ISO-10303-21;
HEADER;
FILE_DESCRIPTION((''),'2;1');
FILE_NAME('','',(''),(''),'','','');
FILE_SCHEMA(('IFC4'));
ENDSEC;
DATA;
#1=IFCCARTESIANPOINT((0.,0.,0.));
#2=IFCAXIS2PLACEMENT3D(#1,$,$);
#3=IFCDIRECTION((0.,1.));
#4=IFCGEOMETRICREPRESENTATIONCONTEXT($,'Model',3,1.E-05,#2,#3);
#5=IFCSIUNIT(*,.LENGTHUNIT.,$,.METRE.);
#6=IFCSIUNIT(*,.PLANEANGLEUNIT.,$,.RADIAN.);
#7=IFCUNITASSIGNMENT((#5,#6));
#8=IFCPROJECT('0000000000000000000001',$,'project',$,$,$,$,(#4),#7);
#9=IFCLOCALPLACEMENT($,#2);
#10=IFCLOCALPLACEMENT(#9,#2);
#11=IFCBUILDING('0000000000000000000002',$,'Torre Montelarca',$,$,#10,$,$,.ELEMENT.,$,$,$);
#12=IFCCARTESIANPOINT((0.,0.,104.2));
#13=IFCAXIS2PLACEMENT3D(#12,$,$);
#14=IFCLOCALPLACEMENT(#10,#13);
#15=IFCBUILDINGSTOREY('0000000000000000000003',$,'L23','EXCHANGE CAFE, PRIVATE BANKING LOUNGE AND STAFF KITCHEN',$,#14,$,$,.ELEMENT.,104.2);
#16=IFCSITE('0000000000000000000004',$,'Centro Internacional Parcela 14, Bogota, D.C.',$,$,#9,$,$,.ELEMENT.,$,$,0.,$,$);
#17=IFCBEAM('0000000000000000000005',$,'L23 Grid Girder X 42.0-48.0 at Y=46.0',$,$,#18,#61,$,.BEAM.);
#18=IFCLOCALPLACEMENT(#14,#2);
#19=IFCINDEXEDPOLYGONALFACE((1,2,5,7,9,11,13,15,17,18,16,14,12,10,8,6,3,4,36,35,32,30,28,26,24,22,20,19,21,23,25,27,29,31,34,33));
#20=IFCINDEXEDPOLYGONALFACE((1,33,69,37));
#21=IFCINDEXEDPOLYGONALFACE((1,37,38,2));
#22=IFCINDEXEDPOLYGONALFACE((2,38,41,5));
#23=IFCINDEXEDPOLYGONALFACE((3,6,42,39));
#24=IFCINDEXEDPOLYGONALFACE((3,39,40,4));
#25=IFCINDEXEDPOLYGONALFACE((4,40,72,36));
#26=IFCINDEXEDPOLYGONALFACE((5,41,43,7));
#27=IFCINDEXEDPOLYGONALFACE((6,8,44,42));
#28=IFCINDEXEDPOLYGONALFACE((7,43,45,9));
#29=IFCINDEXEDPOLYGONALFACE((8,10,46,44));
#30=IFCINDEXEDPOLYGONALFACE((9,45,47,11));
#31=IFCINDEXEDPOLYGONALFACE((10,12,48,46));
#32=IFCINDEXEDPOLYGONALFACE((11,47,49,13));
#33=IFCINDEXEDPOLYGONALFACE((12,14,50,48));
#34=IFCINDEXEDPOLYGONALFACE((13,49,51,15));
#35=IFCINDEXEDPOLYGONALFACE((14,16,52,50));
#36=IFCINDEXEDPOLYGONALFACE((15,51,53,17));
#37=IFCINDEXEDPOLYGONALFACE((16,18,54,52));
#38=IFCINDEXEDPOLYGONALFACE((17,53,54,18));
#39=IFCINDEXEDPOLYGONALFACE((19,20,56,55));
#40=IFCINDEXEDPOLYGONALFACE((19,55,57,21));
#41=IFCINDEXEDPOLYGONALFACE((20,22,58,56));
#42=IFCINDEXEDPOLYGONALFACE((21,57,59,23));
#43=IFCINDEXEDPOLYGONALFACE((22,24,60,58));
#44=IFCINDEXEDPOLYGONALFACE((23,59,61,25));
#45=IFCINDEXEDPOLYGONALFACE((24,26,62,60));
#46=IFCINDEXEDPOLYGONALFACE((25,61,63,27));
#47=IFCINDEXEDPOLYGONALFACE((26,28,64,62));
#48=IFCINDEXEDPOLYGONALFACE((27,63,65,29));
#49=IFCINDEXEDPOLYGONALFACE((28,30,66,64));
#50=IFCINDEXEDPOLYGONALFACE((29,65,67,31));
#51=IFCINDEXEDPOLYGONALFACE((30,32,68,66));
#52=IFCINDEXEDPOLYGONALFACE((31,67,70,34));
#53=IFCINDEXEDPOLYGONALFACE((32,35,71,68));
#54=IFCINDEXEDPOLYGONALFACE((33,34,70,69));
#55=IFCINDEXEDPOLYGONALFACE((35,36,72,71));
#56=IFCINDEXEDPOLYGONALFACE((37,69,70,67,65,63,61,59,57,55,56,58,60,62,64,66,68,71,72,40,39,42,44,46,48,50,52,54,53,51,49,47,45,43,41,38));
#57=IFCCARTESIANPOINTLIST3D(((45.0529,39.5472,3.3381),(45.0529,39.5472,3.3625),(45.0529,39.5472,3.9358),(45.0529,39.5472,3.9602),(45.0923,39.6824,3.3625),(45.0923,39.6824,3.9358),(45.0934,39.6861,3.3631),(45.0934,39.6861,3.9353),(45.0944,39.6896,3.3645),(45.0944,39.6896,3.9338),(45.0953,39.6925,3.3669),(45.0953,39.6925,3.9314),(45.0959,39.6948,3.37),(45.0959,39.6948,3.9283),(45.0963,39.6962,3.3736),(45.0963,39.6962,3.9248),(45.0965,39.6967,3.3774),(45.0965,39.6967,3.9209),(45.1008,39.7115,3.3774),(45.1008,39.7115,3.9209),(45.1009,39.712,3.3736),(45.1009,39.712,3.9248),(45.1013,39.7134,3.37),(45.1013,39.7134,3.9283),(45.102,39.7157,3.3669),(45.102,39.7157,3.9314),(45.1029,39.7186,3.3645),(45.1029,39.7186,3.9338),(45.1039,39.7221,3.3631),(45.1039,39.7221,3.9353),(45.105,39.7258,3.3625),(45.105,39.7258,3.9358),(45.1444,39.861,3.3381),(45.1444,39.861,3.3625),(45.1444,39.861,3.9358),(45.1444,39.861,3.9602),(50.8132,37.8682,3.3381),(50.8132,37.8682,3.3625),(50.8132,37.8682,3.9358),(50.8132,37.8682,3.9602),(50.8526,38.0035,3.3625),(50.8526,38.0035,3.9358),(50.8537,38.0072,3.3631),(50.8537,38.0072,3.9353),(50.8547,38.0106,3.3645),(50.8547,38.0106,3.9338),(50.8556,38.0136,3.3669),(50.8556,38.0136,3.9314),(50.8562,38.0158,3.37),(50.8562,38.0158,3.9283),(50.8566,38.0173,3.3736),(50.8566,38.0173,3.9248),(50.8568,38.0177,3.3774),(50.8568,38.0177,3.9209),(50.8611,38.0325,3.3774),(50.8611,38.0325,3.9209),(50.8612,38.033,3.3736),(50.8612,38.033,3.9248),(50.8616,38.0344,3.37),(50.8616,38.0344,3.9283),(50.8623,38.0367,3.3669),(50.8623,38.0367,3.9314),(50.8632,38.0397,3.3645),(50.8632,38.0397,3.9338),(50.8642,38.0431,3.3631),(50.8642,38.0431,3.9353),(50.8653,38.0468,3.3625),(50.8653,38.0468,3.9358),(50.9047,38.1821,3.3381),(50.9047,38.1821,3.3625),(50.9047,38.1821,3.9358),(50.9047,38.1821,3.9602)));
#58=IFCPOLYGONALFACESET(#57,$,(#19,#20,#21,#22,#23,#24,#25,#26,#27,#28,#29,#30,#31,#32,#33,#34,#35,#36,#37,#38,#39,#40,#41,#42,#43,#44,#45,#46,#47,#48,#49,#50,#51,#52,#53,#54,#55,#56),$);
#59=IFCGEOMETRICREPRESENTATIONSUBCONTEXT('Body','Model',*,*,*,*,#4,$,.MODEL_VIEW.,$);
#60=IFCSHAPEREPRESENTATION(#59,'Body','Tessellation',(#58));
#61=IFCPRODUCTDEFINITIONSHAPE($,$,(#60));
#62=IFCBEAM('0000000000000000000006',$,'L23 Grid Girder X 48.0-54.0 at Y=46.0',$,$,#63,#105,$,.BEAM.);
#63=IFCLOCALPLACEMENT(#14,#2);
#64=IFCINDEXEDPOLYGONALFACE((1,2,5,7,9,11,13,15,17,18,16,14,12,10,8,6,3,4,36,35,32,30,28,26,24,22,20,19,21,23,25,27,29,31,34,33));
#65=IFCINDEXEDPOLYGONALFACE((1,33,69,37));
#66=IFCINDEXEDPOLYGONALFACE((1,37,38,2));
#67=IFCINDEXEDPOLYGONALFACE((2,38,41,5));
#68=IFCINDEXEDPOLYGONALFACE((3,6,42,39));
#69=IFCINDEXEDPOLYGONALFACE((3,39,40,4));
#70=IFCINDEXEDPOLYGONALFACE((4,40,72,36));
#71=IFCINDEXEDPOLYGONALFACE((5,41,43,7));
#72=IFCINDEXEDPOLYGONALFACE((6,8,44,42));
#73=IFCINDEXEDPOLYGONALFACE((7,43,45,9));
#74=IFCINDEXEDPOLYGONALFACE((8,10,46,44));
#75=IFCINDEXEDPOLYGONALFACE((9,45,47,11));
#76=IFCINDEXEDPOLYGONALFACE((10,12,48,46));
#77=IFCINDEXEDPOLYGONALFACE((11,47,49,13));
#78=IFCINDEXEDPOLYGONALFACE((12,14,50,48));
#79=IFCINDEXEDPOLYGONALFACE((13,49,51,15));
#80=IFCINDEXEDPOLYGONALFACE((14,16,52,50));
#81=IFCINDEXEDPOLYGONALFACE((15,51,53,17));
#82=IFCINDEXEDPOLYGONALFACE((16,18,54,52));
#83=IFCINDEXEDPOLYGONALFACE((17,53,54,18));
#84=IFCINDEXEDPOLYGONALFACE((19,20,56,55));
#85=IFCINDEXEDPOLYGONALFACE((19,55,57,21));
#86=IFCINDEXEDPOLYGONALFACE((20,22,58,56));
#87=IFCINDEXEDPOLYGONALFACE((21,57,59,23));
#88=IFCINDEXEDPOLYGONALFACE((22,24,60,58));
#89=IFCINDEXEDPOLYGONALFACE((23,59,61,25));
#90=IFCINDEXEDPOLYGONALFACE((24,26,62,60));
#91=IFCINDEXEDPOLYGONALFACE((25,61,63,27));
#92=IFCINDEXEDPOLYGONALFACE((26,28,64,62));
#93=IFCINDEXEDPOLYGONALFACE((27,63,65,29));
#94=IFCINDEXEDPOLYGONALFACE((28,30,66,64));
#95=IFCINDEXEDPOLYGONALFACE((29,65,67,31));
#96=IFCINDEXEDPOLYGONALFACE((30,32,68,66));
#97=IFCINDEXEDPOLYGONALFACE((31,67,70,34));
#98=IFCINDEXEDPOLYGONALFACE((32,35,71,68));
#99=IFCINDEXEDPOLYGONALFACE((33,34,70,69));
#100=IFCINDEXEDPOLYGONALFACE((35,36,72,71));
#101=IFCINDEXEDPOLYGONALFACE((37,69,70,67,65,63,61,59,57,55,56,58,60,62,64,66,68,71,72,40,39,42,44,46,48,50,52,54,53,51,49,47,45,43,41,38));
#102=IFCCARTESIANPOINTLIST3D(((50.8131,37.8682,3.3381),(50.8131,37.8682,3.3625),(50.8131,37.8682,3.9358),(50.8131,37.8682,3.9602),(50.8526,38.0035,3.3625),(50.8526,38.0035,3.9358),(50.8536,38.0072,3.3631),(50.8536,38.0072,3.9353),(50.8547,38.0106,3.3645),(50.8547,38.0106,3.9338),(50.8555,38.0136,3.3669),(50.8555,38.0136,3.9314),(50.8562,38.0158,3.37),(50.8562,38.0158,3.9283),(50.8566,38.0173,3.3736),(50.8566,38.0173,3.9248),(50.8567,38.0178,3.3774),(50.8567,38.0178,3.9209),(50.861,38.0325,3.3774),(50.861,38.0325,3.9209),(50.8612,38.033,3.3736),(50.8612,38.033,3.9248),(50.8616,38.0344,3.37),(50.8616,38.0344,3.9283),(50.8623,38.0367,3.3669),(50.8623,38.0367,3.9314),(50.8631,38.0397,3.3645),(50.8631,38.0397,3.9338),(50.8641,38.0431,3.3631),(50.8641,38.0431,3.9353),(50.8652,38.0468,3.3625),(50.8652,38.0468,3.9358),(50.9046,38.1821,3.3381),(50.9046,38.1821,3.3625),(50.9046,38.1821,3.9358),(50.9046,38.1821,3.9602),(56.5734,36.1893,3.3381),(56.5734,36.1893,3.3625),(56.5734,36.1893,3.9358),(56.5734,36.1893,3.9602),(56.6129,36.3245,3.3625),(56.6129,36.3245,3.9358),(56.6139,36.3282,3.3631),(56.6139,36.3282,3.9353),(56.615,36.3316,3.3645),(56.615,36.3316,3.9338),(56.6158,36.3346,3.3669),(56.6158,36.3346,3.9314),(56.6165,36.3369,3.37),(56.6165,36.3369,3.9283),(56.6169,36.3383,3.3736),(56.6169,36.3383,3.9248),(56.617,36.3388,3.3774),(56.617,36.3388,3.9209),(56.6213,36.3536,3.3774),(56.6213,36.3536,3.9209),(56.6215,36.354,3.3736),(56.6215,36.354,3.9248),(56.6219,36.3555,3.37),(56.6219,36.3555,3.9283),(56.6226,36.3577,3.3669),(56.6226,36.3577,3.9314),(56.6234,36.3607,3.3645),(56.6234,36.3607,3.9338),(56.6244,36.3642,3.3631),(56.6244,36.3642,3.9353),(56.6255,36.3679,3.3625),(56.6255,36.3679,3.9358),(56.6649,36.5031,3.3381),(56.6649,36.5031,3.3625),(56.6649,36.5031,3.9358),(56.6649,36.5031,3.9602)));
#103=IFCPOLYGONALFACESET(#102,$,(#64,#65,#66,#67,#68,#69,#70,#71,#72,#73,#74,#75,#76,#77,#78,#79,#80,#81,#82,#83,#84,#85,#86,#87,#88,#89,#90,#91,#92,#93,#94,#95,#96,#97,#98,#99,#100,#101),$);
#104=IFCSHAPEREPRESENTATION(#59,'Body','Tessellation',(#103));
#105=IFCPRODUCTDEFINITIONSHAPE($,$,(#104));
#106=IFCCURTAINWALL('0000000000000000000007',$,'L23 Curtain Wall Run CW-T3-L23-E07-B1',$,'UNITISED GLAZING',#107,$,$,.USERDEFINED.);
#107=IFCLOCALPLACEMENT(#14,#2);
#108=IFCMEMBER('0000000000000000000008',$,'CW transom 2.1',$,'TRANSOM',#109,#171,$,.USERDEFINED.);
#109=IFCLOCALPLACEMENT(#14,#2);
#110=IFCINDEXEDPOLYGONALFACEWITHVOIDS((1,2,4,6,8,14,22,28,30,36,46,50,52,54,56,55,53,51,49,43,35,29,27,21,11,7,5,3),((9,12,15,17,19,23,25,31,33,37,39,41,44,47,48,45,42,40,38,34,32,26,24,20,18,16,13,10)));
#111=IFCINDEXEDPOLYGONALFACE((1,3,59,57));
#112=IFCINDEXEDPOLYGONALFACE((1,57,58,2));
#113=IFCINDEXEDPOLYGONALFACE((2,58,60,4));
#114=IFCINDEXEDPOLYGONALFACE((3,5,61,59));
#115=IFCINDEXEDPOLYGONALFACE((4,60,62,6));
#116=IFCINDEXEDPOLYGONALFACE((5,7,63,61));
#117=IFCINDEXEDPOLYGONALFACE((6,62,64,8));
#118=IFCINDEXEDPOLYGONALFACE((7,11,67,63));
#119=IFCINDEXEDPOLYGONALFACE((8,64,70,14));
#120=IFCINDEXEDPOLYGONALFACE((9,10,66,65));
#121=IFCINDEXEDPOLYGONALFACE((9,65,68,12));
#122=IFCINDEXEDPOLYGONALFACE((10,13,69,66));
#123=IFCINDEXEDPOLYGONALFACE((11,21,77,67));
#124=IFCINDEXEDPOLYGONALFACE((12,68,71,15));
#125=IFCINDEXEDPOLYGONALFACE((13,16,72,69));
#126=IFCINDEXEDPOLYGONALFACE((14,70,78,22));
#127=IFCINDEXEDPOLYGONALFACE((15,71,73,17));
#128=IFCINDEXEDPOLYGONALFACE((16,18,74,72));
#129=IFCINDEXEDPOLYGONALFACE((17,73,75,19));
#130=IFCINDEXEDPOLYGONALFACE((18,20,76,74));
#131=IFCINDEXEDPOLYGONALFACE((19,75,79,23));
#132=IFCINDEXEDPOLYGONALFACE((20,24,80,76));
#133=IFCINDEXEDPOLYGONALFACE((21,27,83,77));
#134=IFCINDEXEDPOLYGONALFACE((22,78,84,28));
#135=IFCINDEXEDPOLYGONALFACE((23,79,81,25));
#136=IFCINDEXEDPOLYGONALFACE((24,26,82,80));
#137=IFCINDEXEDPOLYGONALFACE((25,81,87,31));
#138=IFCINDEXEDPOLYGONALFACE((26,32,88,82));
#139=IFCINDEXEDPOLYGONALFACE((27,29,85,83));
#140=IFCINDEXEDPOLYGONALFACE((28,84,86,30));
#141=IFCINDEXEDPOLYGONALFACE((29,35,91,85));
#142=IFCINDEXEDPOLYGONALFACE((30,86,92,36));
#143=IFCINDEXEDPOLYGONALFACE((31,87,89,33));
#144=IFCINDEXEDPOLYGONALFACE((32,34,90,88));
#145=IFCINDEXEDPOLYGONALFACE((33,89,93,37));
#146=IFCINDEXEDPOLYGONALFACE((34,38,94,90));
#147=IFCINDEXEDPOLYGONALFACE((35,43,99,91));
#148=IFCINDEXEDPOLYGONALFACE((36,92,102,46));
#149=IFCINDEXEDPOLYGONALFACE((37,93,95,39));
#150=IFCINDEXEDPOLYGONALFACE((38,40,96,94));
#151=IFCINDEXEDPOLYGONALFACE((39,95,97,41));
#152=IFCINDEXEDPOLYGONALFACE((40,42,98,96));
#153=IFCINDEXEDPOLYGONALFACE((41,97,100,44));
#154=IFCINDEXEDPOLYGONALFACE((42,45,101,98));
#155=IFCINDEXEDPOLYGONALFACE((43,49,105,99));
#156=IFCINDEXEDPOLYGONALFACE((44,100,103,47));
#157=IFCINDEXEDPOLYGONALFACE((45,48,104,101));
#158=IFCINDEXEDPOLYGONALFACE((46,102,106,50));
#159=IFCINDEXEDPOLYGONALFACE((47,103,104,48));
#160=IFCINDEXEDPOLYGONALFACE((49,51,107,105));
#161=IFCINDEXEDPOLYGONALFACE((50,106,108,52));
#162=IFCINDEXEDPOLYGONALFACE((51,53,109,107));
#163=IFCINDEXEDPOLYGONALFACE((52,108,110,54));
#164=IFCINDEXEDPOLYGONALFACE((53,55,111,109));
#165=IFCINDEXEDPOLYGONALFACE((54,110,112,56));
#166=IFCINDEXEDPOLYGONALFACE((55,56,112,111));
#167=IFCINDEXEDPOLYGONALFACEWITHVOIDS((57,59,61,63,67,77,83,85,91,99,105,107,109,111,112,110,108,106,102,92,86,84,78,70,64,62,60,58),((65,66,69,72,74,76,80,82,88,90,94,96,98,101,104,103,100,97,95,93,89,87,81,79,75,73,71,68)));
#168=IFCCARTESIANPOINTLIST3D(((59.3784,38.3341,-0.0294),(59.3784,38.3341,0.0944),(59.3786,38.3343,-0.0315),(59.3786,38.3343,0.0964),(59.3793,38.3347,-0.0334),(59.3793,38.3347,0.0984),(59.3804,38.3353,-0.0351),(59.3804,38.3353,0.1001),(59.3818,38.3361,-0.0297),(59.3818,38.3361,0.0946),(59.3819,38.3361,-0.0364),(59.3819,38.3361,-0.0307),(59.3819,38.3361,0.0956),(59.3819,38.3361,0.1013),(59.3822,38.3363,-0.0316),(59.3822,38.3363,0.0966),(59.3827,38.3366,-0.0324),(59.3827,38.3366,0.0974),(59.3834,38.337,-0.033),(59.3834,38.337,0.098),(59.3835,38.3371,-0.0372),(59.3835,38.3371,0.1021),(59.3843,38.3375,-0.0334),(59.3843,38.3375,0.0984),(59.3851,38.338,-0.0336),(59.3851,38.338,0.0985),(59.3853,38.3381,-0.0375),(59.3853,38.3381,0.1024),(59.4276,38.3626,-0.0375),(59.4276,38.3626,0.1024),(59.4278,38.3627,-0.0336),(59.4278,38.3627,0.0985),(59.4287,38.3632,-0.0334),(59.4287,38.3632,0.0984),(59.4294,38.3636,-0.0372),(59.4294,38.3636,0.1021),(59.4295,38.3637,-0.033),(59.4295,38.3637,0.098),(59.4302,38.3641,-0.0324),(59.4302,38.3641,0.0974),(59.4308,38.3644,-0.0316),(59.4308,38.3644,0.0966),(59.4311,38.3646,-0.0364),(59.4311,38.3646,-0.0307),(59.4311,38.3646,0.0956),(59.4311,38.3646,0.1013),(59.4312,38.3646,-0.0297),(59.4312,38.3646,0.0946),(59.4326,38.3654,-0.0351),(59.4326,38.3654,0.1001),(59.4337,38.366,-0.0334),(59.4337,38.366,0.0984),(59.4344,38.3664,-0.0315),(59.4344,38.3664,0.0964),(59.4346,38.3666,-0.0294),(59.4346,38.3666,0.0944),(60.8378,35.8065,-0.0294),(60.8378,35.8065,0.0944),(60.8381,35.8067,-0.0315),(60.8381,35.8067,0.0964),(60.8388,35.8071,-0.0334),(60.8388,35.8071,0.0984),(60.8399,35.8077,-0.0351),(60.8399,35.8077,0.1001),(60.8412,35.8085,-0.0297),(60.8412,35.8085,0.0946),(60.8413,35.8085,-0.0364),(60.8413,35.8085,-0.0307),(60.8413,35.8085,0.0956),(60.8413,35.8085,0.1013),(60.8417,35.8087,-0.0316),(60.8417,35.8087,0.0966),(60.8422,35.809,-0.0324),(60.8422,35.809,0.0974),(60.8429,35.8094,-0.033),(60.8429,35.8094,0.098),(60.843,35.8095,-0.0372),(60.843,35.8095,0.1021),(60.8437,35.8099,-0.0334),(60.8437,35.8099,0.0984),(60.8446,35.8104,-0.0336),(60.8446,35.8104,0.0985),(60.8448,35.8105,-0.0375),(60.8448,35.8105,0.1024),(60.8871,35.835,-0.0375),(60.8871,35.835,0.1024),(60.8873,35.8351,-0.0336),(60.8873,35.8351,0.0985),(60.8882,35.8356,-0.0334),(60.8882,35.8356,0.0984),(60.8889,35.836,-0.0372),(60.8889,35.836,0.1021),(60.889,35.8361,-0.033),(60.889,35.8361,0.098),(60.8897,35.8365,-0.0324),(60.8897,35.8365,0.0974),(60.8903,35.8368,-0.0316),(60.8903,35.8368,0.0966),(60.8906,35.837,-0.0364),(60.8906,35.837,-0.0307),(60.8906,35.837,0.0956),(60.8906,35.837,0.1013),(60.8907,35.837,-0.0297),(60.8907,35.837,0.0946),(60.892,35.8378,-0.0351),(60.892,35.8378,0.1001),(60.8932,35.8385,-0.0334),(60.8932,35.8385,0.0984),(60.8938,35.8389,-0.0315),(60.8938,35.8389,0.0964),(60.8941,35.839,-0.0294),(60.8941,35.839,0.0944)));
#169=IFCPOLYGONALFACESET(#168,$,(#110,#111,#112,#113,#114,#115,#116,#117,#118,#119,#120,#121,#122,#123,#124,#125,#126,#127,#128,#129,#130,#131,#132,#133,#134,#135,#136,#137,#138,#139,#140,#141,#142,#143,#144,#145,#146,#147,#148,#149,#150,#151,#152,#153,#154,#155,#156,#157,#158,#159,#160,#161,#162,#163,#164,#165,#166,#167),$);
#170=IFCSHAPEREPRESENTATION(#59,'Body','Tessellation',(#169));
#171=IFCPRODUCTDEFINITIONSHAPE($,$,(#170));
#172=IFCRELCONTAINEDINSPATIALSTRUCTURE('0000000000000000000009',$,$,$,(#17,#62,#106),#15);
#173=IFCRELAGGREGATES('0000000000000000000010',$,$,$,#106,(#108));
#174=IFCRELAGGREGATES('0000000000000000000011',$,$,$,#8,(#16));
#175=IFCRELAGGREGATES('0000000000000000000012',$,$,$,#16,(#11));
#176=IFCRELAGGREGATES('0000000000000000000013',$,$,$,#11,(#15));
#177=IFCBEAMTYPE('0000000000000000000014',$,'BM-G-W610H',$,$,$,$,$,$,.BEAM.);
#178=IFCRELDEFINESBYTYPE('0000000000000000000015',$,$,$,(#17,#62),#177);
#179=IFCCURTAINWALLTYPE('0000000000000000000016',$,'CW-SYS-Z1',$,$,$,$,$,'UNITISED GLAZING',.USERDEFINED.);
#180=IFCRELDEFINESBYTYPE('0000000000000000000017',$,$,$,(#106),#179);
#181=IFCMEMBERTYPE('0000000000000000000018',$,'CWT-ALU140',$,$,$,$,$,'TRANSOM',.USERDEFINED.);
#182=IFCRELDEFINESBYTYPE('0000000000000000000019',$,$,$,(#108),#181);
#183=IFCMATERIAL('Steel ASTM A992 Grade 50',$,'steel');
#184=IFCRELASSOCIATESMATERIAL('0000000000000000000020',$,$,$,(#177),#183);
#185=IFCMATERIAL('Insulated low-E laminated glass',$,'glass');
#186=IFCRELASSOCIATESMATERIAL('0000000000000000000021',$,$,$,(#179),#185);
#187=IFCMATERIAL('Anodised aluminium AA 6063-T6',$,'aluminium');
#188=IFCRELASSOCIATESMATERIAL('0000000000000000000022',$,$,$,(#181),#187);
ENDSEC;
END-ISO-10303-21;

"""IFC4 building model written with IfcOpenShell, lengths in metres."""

from ifc_helpers import new_model, si_unit, direction, frame, origin, origin_2d, place, context, subcontext, project, spatial, hollow_rectangle, i_section, extrude, source, transform, mapped, material, material_profile, profile_set, type_object, element, aggregate, save


model = new_model("IFC4")

# Units and contexts
model_context = context("Model", 3, precision=1e-05, world=origin(), true_north=direction((0.0, 1.0)))
body_context = subcontext(model_context, "Body", "Model", "MODEL_VIEW")
ifc_project = project(units=[si_unit("LENGTHUNIT", "METRE"), si_unit("PLANEANGLEUNIT", "RADIAN")], contexts=[model_context])

# Site, building, storey
site_placement = place(None, origin())
site = spatial("IfcSite", under=ifc_project, at=site_placement, Name="Centro Internacional Parcela 14, Bogota, D.C.", CompositionType="ELEMENT", RefElevation=0.0)
building_placement = place(site_placement, origin())
building = spatial("IfcBuilding", under=site, at=building_placement, Name="Torre Montelarca", CompositionType="ELEMENT")
storey_placement = place(building_placement, frame((0.0, 0.0, 104.2)))
storey = spatial("IfcBuildingStorey", under=building, at=storey_placement, Name="L23", Description="EXCHANGE CAFE, PRIVATE BANKING LOUNGE AND STAFF KITCHEN", CompositionType="ELEMENT", Elevation=104.2)

# Shared definitions
ifc_material_1 = material(Name="Steel ASTM A992 Grade 50", Category="steel")

# Beams
ifc_material_profile_1 = material_profile(ifc_material_1, i_section(OverallWidth=0.3269, OverallDepth=0.6221, WebThickness=0.0154, FlangeThickness=0.0244, FilletRadius=0.0149, at=origin_2d()), Name="W610X195", Category="steel")
ifc_profile_set_1 = profile_set([ifc_material_profile_1], Name="Steel ASTM A992 Grade 50")
beam_type = type_object("IfcBeamType", Name="BM-G-W610H", PredefinedType="BEAM", material=ifc_profile_set_1)
shared_shape_1 = source(origin(), body_context, "Body", "SweptSolid", [
    extrude(i_section(OverallWidth=0.3269, OverallDepth=0.6221, WebThickness=0.0154, FlangeThickness=0.0244, FilletRadius=0.0149, at=origin_2d()), origin(), (0.0, 0.0, 1.0), 6.0),
])
for number, where, z_axis, x_axis, name in (
    (1, (45.0986, 39.7041, 3.6492), (0.96005, -0.279828, 0.0), (0.279828, 0.96005, 0.0), "L23 Grid Girder X 42.0-48.0 at Y=46.0"),
    (2, (50.8589, 38.0251, 3.6492), (0.96005, -0.279828, 0.0), (0.279828, 0.96005, 0.0), "L23 Grid Girder X 48.0-54.0 at Y=46.0"),
):
    element("IfcBeam", number, at=place(storey_placement, frame(where, z_axis=z_axis, x_axis=x_axis)), inside=storey, type_object=beam_type, Name=name, PredefinedType="BEAM", context=body_context, shape_type="MappedRepresentation", body=[
        mapped(shared_shape_1, transform((0.0, 0.0, 0.0), scale=1.0)),
    ])

# Curtain wall, member
ifc_material_2 = material(Name="Insulated low-E laminated glass", Category="glass")
curtain_wall_type = type_object("IfcCurtainWallType", Name="CW-SYS-Z1", ElementType="UNITISED GLAZING", PredefinedType="USERDEFINED", material=ifc_material_2)
curtain_wall_1_placement = place(storey_placement, origin())
curtain_wall_1 = element("IfcCurtainWall", 3, at=curtain_wall_1_placement, inside=storey, type_object=curtain_wall_type, Name="L23 Curtain Wall Run CW-T3-L23-E07-B1", ObjectType="UNITISED GLAZING", PredefinedType="USERDEFINED")
ifc_material_3 = material(Name="Anodised aluminium AA 6063-T6", Category="aluminium")
ifc_material_profile_2 = material_profile(ifc_material_3, hollow_rectangle(XDim=0.0649, YDim=0.1399, WallThickness=0.0039, InnerFilletRadius=0.0039, OuterFilletRadius=0.0081, at=origin_2d()), Name="ALU65X140X4", Category="aluminium")
ifc_profile_set_2 = profile_set([ifc_material_profile_2], Name="Anodised aluminium AA 6063-T6")
member_type_1 = type_object("IfcMemberType", Name="CWT-ALU140", ElementType="TRANSOM", PredefinedType="USERDEFINED", material=ifc_profile_set_2)
shared_shape_2 = source(origin(), body_context, "Body", "SweptSolid", [
    extrude(hollow_rectangle(XDim=0.0649, YDim=0.1399, WallThickness=0.0039, InnerFilletRadius=0.0039, OuterFilletRadius=0.0081, at=origin_2d()), origin(), (0.0, 0.0, 1.0), 2.9187),
])
member_1_placement = place(storey_placement, frame((60.866, 35.8228, 0.0325), z_axis=(-0.500043, 0.866, 0.0), x_axis=(-0.866, -0.500043, 0.0)))
member_1 = element("IfcMember", 4, at=member_1_placement, type_object=member_type_1, Name="CW transom 2.1", ObjectType="TRANSOM", PredefinedType="USERDEFINED", context=body_context, shape_type="MappedRepresentation", body=[
    mapped(shared_shape_2, transform((0.0, 0.0, 0.0), scale=1.0)),
])

aggregate(curtain_wall_1, [member_1])

save(model, "model.ifc")
